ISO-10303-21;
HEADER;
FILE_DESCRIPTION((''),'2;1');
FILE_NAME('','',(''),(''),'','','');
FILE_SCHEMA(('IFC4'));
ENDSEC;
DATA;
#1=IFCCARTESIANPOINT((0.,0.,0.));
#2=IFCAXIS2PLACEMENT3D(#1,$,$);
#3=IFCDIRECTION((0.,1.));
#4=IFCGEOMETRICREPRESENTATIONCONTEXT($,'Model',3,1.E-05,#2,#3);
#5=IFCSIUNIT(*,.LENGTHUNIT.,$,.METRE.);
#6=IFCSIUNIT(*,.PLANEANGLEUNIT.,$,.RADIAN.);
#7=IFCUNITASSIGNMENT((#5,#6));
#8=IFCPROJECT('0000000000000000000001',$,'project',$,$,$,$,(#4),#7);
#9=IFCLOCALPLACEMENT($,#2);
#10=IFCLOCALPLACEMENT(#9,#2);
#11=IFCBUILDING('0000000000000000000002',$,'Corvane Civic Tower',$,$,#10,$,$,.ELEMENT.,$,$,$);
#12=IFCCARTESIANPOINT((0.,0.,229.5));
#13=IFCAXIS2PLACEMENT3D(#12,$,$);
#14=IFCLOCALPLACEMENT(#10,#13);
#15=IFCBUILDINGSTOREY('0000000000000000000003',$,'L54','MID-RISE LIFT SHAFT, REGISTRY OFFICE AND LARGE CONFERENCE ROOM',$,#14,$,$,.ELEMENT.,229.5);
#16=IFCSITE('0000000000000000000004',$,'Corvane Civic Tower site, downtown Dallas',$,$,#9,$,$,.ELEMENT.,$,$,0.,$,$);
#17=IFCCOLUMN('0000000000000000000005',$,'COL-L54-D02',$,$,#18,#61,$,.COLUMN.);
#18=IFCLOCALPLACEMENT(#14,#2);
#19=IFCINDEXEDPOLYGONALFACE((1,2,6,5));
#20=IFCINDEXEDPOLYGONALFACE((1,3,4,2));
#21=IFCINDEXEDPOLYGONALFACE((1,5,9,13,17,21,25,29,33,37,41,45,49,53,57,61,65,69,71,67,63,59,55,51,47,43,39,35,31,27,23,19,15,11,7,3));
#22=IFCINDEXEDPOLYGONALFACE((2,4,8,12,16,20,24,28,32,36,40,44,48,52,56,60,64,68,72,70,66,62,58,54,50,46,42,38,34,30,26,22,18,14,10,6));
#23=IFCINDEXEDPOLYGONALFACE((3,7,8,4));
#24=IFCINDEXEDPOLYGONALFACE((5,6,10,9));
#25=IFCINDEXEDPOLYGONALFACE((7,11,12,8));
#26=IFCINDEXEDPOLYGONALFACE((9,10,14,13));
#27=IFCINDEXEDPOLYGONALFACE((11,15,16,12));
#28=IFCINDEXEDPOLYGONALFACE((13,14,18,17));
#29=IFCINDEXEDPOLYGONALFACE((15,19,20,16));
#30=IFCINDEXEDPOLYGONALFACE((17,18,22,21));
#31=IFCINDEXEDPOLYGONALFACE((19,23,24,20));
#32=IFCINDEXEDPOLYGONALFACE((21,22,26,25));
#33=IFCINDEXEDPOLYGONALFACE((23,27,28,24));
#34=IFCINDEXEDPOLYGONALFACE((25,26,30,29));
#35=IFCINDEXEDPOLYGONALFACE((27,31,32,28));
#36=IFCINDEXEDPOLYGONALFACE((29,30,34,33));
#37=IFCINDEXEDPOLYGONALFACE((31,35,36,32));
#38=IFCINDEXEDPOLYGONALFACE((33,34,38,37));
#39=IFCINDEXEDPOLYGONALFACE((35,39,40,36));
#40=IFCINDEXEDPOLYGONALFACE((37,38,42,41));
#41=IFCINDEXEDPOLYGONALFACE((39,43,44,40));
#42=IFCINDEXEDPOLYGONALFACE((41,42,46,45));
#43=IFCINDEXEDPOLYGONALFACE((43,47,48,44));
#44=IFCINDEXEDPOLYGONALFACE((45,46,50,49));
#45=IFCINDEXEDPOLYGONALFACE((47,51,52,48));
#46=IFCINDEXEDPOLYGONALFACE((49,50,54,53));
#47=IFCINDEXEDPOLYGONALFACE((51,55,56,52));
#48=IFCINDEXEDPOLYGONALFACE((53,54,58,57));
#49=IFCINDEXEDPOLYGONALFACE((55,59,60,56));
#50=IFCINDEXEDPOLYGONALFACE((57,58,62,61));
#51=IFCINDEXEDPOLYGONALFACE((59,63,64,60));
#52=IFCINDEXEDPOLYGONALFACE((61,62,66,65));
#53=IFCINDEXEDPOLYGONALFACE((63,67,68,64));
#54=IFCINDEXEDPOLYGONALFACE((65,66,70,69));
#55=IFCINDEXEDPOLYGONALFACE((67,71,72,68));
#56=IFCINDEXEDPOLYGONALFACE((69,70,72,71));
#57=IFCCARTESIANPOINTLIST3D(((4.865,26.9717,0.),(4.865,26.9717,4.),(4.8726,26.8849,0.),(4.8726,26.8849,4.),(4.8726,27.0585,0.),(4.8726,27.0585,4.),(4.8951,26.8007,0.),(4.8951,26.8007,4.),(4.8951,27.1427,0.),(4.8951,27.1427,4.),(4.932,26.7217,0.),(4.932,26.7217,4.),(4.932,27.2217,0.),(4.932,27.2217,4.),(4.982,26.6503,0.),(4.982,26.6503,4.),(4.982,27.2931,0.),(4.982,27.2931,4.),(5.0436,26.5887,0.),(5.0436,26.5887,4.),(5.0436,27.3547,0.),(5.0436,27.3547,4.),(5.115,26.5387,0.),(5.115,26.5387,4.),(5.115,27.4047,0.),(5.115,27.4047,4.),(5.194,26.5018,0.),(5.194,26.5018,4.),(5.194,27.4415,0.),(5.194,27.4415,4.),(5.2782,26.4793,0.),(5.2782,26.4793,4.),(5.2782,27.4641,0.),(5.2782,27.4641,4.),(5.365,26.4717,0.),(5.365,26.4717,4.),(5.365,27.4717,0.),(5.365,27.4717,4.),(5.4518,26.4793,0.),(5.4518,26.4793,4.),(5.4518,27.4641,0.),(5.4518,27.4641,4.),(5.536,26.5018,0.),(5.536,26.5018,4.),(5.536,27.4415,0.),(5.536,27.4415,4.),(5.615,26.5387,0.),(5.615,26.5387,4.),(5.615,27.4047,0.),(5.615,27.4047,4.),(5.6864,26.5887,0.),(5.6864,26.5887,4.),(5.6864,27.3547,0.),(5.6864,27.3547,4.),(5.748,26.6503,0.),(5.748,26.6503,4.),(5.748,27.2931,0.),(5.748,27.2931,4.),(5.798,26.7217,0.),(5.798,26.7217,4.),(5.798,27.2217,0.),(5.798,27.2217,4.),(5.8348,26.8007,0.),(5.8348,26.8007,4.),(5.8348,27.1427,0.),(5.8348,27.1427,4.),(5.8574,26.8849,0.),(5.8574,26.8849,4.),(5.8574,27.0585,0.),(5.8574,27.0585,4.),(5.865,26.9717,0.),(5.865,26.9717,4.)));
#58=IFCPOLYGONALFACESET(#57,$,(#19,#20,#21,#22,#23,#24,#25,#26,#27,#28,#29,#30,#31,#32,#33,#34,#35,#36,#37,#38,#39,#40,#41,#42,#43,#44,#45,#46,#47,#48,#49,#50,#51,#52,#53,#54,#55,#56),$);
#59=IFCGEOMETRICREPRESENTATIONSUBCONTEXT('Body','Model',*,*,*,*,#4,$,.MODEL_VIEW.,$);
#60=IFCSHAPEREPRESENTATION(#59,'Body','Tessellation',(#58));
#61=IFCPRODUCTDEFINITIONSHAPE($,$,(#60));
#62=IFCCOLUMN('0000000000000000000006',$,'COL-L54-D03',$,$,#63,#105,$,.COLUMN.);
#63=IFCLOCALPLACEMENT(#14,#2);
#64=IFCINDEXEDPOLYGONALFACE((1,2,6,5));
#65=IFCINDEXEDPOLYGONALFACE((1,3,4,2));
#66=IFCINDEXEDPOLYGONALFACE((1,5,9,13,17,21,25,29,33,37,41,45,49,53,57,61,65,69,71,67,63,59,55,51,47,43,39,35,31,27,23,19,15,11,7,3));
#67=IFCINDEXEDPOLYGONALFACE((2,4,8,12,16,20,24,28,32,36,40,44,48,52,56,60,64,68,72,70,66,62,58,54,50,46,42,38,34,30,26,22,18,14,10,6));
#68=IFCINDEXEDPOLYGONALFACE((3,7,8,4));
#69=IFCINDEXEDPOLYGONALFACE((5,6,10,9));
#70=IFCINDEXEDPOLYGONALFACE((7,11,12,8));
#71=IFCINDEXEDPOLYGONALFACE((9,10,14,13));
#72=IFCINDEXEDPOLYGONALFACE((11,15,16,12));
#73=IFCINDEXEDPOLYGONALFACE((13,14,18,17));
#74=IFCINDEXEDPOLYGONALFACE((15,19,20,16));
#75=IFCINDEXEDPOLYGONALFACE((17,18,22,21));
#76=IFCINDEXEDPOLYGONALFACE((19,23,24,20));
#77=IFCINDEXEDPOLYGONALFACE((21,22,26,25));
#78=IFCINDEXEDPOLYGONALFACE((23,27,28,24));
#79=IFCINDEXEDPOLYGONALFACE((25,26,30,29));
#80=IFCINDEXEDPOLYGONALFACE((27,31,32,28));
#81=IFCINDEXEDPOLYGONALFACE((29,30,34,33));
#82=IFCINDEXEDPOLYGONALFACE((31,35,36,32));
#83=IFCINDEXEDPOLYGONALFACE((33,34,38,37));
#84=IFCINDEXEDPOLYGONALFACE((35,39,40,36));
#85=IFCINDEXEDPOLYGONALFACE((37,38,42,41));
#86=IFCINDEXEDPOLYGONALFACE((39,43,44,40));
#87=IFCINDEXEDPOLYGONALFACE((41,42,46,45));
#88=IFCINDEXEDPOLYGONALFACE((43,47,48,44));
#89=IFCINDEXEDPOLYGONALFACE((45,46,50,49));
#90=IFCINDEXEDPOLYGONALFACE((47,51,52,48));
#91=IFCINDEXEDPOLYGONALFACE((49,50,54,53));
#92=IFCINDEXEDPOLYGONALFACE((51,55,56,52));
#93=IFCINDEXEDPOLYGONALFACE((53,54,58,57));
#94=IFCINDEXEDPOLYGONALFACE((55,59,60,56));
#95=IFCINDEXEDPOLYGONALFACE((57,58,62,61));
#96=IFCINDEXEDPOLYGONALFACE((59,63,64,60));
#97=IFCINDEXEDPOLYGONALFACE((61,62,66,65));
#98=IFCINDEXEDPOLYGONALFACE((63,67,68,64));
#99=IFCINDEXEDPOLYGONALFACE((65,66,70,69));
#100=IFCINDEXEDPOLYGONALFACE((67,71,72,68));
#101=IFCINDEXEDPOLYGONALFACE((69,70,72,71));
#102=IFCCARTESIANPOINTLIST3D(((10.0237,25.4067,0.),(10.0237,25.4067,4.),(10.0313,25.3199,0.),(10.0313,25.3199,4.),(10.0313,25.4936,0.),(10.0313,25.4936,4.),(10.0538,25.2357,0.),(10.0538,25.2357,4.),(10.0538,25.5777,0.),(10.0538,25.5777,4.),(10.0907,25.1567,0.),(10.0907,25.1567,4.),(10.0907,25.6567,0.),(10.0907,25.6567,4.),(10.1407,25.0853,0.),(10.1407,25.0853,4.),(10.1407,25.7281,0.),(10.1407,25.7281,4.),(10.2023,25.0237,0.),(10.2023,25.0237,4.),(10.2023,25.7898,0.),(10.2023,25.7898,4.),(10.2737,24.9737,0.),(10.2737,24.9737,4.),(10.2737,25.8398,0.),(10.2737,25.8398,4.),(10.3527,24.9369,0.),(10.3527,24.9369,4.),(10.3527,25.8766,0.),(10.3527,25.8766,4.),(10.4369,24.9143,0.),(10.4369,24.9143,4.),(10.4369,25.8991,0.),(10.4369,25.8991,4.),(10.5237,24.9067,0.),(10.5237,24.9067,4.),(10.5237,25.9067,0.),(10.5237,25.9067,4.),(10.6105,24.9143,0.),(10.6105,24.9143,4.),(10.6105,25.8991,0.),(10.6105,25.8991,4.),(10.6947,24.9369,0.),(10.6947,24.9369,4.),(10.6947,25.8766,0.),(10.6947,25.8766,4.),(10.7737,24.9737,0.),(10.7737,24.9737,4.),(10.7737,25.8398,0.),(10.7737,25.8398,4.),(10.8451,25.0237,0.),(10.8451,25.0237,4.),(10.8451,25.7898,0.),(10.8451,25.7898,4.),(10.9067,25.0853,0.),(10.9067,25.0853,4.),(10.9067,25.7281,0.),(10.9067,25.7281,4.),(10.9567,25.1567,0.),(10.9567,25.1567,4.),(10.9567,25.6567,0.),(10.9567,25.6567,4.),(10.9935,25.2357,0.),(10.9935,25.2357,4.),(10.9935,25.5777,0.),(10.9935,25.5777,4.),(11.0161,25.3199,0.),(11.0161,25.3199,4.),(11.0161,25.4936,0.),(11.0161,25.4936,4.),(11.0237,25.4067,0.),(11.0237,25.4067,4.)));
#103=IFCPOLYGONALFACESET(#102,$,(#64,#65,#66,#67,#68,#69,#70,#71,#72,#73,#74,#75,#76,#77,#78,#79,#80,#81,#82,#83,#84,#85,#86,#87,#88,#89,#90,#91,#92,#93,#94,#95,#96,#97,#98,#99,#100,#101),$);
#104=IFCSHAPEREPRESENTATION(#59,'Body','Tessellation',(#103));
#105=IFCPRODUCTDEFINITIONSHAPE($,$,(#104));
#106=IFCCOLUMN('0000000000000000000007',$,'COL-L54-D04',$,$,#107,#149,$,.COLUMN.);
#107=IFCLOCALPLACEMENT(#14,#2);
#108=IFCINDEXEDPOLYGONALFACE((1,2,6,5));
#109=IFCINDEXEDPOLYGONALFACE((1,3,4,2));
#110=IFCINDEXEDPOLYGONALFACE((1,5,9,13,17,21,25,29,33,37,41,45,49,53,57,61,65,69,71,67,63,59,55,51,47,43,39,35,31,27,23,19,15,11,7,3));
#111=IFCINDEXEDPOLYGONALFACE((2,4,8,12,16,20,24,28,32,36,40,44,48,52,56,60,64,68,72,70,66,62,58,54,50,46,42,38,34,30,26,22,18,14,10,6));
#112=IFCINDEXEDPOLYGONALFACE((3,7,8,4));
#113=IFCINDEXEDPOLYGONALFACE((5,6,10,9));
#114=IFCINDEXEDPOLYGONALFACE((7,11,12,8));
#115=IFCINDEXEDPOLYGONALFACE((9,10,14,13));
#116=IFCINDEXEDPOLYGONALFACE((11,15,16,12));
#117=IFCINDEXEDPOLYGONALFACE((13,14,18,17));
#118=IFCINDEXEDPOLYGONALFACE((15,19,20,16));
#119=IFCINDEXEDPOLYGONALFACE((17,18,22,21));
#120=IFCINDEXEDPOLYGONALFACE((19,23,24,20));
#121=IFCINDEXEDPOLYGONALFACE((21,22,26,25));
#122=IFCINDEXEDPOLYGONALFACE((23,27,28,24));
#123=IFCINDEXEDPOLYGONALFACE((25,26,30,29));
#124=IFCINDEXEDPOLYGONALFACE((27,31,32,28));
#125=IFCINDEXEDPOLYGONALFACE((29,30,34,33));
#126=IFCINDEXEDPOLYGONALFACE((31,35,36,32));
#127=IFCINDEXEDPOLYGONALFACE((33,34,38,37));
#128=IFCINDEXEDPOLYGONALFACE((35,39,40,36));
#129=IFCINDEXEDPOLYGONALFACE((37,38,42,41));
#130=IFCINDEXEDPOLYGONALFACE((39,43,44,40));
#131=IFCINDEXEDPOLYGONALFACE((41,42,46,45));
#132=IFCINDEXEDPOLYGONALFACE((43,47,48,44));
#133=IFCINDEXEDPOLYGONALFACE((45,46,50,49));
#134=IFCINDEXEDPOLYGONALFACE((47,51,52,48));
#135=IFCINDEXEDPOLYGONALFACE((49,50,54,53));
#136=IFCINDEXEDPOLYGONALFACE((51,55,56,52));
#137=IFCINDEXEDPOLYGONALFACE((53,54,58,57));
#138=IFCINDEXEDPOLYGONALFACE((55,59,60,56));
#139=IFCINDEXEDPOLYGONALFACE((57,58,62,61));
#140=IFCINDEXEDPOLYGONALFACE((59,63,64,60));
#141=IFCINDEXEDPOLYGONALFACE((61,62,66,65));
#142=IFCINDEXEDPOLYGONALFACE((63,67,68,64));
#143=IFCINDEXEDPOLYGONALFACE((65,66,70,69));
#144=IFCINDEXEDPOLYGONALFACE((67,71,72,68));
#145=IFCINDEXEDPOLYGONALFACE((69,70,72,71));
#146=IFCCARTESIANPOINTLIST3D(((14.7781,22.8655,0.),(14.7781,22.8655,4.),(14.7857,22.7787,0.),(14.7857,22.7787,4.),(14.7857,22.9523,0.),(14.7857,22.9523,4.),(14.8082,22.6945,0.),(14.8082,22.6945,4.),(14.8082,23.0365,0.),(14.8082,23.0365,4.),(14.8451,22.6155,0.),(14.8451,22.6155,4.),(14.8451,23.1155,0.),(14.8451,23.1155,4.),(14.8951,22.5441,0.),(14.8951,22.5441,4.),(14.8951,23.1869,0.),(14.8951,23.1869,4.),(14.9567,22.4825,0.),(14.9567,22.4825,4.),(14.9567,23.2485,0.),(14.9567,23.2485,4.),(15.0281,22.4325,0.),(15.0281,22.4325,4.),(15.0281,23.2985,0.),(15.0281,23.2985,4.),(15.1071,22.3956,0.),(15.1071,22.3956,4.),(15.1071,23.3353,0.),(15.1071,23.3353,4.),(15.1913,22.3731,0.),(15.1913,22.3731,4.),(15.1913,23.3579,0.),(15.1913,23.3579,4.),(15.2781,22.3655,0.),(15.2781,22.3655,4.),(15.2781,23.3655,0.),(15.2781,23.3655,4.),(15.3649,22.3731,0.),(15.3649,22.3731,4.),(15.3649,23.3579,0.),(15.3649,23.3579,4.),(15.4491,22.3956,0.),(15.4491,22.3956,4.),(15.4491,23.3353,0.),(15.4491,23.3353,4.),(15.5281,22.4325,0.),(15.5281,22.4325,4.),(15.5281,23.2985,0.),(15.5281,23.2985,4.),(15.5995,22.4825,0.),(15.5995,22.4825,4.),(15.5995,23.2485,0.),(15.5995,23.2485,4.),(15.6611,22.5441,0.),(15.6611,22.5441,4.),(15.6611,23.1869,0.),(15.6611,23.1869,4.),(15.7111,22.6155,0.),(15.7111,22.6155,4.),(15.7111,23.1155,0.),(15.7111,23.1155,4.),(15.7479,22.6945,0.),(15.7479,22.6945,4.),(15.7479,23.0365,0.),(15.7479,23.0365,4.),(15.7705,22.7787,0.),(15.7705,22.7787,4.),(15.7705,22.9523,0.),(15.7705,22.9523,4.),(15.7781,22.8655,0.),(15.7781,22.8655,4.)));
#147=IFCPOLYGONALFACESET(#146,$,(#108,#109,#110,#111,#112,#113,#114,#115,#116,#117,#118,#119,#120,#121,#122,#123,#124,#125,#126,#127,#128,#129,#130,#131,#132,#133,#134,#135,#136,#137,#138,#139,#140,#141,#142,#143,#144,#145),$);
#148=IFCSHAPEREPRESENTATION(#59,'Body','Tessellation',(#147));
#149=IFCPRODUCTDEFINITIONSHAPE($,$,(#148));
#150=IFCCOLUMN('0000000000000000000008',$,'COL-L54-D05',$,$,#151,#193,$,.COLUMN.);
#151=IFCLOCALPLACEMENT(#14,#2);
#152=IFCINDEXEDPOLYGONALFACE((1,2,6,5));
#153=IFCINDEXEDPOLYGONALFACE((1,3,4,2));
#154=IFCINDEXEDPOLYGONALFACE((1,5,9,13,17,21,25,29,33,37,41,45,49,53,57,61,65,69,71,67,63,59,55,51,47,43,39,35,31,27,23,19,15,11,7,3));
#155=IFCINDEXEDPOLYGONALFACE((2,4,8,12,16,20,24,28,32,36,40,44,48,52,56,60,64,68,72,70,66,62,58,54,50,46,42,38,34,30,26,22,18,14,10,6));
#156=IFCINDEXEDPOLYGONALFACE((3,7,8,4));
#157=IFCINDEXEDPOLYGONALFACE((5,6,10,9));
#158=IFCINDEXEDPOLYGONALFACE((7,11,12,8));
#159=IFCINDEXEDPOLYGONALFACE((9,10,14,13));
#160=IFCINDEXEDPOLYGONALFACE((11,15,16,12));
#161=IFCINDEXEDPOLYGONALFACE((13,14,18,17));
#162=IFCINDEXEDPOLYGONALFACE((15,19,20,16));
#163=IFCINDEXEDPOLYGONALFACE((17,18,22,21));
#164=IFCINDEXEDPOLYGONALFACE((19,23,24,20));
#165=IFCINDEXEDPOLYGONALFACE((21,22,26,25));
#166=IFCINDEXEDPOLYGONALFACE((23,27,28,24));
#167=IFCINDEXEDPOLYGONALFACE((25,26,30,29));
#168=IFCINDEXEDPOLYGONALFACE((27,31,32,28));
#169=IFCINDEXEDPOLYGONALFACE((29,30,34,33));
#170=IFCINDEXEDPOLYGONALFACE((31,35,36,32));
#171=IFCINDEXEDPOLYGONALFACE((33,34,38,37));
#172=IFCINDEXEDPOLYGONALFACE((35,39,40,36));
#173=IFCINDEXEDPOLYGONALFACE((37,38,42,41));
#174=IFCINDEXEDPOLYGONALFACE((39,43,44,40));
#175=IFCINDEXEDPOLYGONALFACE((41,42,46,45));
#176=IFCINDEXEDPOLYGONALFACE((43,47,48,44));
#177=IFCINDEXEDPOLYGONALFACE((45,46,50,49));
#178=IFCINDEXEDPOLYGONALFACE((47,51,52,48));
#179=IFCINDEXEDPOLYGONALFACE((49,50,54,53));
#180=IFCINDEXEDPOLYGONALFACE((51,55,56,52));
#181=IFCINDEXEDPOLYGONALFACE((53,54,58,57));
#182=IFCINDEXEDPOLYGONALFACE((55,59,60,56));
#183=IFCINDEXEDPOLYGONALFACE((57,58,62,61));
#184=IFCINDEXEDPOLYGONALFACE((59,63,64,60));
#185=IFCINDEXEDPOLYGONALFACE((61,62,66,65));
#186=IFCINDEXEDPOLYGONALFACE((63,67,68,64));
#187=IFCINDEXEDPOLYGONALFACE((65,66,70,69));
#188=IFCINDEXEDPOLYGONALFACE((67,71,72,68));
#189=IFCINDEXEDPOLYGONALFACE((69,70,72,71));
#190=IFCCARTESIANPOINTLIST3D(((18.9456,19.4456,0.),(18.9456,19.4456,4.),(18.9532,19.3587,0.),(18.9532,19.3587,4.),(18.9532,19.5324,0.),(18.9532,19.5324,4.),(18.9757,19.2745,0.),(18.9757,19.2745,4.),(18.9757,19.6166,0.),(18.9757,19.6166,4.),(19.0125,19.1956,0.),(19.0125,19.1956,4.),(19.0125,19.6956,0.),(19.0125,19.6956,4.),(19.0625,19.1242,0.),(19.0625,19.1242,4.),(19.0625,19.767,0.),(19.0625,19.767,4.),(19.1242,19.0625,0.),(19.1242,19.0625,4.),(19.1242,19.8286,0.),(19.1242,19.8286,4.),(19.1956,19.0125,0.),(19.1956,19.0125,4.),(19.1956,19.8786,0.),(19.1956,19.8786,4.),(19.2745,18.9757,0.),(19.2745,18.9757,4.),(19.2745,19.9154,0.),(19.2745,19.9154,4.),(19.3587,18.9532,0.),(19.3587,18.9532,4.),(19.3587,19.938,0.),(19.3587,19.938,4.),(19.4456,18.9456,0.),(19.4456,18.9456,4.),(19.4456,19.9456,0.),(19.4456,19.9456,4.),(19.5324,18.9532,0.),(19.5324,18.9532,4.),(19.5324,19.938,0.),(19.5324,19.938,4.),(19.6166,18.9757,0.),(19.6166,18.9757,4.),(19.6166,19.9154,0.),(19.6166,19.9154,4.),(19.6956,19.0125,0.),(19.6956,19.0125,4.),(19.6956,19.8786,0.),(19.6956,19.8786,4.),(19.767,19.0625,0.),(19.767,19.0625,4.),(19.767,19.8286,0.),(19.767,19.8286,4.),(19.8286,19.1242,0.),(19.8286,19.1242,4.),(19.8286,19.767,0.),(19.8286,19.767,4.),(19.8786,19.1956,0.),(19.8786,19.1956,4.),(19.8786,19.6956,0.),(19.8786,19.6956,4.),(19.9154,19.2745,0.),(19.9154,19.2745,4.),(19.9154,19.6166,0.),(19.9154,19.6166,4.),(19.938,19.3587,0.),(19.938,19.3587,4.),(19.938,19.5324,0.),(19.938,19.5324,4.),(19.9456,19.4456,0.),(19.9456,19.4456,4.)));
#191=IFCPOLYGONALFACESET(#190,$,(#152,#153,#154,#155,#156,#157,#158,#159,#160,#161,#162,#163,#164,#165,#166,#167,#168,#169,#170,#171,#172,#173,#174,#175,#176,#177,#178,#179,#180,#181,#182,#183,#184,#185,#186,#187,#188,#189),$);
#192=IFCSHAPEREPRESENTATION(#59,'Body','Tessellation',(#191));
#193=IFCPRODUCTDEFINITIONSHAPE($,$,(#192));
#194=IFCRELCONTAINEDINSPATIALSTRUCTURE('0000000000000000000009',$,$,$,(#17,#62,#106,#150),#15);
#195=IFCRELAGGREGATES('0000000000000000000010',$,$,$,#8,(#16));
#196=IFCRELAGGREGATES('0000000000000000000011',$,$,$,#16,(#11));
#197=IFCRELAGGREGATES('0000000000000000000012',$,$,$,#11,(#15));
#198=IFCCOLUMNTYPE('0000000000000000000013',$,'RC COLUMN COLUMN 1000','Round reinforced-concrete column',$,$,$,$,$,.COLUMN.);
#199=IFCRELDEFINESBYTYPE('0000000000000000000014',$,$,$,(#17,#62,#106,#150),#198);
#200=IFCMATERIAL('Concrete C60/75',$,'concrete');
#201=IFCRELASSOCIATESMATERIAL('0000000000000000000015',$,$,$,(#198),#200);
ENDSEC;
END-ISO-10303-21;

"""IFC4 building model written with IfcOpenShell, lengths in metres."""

from ifc_helpers import new_model, si_unit, direction, frame, origin, origin_2d, place, context, subcontext, project, spatial, circle, extrude, material, material_profile, profile_set, type_object, element, save


model = new_model("IFC4")

# Units and contexts
model_context = context("Model", 3, precision=1e-05, world=origin(), true_north=direction((0.0, 1.0)))
body_context = subcontext(model_context, "Body", "Model", "MODEL_VIEW")
ifc_project = project(units=[si_unit("LENGTHUNIT", "METRE"), si_unit("PLANEANGLEUNIT", "RADIAN")], contexts=[model_context])

# Site, building, storey
site_placement = place(None, origin())
site = spatial("IfcSite", under=ifc_project, at=site_placement, Name="Corvane Civic Tower site, downtown Dallas", CompositionType="ELEMENT", RefElevation=0.0)
building_placement = place(site_placement, origin())
building = spatial("IfcBuilding", under=site, at=building_placement, Name="Corvane Civic Tower", CompositionType="ELEMENT")
storey_placement = place(building_placement, frame((0.0, 0.0, 229.5)))
storey = spatial("IfcBuildingStorey", under=building, at=storey_placement, Name="L54", Description="MID-RISE LIFT SHAFT, REGISTRY OFFICE AND LARGE CONFERENCE ROOM", CompositionType="ELEMENT", Elevation=229.5)

# Columns
ifc_material_1 = material(Name="Concrete C60/75", Category="concrete")
ifc_material_profile_1 = material_profile(ifc_material_1, circle(Radius=0.5, at=origin_2d()), Name="COLUMN 1000")
ifc_profile_set_1 = profile_set([ifc_material_profile_1], Name="Concrete C60/75")
column_type = type_object("IfcColumnType", Name="RC COLUMN COLUMN 1000", Description="Round reinforced-concrete column", PredefinedType="COLUMN", material=ifc_profile_set_1)
for number, where, z_axis, x_axis, name in (
    (1, (5.365, 26.9717, 0.0), (0.0, 0.0, 1.0), (1.0, 0.0, 0.0), "COL-L54-D02"),
    (2, (10.5237, 25.4067, 0.0), (0.0, 0.0, 1.0), (1.0, 0.0, 0.0), "COL-L54-D03"),
    (3, (15.2781, 22.8655, 0.0), (0.0, 0.0, 1.0), (1.0, 0.0, 0.0), "COL-L54-D04"),
    (4, (19.4456, 19.4456, 0.0), (0.0, 0.0, 1.0), (1.0, 0.0, 0.0), "COL-L54-D05"),
):
    element("IfcColumn", number, at=place(storey_placement, frame(where, z_axis=z_axis, x_axis=x_axis)), inside=storey, type_object=column_type, Name=name, PredefinedType="COLUMN", context=body_context, shape_type="SweptSolid", body=[
        extrude(circle(Radius=0.5, at=origin_2d()), origin(), (0.0, 0.0, 1.0), 4.0),
    ])

save(model, "model.ifc")
